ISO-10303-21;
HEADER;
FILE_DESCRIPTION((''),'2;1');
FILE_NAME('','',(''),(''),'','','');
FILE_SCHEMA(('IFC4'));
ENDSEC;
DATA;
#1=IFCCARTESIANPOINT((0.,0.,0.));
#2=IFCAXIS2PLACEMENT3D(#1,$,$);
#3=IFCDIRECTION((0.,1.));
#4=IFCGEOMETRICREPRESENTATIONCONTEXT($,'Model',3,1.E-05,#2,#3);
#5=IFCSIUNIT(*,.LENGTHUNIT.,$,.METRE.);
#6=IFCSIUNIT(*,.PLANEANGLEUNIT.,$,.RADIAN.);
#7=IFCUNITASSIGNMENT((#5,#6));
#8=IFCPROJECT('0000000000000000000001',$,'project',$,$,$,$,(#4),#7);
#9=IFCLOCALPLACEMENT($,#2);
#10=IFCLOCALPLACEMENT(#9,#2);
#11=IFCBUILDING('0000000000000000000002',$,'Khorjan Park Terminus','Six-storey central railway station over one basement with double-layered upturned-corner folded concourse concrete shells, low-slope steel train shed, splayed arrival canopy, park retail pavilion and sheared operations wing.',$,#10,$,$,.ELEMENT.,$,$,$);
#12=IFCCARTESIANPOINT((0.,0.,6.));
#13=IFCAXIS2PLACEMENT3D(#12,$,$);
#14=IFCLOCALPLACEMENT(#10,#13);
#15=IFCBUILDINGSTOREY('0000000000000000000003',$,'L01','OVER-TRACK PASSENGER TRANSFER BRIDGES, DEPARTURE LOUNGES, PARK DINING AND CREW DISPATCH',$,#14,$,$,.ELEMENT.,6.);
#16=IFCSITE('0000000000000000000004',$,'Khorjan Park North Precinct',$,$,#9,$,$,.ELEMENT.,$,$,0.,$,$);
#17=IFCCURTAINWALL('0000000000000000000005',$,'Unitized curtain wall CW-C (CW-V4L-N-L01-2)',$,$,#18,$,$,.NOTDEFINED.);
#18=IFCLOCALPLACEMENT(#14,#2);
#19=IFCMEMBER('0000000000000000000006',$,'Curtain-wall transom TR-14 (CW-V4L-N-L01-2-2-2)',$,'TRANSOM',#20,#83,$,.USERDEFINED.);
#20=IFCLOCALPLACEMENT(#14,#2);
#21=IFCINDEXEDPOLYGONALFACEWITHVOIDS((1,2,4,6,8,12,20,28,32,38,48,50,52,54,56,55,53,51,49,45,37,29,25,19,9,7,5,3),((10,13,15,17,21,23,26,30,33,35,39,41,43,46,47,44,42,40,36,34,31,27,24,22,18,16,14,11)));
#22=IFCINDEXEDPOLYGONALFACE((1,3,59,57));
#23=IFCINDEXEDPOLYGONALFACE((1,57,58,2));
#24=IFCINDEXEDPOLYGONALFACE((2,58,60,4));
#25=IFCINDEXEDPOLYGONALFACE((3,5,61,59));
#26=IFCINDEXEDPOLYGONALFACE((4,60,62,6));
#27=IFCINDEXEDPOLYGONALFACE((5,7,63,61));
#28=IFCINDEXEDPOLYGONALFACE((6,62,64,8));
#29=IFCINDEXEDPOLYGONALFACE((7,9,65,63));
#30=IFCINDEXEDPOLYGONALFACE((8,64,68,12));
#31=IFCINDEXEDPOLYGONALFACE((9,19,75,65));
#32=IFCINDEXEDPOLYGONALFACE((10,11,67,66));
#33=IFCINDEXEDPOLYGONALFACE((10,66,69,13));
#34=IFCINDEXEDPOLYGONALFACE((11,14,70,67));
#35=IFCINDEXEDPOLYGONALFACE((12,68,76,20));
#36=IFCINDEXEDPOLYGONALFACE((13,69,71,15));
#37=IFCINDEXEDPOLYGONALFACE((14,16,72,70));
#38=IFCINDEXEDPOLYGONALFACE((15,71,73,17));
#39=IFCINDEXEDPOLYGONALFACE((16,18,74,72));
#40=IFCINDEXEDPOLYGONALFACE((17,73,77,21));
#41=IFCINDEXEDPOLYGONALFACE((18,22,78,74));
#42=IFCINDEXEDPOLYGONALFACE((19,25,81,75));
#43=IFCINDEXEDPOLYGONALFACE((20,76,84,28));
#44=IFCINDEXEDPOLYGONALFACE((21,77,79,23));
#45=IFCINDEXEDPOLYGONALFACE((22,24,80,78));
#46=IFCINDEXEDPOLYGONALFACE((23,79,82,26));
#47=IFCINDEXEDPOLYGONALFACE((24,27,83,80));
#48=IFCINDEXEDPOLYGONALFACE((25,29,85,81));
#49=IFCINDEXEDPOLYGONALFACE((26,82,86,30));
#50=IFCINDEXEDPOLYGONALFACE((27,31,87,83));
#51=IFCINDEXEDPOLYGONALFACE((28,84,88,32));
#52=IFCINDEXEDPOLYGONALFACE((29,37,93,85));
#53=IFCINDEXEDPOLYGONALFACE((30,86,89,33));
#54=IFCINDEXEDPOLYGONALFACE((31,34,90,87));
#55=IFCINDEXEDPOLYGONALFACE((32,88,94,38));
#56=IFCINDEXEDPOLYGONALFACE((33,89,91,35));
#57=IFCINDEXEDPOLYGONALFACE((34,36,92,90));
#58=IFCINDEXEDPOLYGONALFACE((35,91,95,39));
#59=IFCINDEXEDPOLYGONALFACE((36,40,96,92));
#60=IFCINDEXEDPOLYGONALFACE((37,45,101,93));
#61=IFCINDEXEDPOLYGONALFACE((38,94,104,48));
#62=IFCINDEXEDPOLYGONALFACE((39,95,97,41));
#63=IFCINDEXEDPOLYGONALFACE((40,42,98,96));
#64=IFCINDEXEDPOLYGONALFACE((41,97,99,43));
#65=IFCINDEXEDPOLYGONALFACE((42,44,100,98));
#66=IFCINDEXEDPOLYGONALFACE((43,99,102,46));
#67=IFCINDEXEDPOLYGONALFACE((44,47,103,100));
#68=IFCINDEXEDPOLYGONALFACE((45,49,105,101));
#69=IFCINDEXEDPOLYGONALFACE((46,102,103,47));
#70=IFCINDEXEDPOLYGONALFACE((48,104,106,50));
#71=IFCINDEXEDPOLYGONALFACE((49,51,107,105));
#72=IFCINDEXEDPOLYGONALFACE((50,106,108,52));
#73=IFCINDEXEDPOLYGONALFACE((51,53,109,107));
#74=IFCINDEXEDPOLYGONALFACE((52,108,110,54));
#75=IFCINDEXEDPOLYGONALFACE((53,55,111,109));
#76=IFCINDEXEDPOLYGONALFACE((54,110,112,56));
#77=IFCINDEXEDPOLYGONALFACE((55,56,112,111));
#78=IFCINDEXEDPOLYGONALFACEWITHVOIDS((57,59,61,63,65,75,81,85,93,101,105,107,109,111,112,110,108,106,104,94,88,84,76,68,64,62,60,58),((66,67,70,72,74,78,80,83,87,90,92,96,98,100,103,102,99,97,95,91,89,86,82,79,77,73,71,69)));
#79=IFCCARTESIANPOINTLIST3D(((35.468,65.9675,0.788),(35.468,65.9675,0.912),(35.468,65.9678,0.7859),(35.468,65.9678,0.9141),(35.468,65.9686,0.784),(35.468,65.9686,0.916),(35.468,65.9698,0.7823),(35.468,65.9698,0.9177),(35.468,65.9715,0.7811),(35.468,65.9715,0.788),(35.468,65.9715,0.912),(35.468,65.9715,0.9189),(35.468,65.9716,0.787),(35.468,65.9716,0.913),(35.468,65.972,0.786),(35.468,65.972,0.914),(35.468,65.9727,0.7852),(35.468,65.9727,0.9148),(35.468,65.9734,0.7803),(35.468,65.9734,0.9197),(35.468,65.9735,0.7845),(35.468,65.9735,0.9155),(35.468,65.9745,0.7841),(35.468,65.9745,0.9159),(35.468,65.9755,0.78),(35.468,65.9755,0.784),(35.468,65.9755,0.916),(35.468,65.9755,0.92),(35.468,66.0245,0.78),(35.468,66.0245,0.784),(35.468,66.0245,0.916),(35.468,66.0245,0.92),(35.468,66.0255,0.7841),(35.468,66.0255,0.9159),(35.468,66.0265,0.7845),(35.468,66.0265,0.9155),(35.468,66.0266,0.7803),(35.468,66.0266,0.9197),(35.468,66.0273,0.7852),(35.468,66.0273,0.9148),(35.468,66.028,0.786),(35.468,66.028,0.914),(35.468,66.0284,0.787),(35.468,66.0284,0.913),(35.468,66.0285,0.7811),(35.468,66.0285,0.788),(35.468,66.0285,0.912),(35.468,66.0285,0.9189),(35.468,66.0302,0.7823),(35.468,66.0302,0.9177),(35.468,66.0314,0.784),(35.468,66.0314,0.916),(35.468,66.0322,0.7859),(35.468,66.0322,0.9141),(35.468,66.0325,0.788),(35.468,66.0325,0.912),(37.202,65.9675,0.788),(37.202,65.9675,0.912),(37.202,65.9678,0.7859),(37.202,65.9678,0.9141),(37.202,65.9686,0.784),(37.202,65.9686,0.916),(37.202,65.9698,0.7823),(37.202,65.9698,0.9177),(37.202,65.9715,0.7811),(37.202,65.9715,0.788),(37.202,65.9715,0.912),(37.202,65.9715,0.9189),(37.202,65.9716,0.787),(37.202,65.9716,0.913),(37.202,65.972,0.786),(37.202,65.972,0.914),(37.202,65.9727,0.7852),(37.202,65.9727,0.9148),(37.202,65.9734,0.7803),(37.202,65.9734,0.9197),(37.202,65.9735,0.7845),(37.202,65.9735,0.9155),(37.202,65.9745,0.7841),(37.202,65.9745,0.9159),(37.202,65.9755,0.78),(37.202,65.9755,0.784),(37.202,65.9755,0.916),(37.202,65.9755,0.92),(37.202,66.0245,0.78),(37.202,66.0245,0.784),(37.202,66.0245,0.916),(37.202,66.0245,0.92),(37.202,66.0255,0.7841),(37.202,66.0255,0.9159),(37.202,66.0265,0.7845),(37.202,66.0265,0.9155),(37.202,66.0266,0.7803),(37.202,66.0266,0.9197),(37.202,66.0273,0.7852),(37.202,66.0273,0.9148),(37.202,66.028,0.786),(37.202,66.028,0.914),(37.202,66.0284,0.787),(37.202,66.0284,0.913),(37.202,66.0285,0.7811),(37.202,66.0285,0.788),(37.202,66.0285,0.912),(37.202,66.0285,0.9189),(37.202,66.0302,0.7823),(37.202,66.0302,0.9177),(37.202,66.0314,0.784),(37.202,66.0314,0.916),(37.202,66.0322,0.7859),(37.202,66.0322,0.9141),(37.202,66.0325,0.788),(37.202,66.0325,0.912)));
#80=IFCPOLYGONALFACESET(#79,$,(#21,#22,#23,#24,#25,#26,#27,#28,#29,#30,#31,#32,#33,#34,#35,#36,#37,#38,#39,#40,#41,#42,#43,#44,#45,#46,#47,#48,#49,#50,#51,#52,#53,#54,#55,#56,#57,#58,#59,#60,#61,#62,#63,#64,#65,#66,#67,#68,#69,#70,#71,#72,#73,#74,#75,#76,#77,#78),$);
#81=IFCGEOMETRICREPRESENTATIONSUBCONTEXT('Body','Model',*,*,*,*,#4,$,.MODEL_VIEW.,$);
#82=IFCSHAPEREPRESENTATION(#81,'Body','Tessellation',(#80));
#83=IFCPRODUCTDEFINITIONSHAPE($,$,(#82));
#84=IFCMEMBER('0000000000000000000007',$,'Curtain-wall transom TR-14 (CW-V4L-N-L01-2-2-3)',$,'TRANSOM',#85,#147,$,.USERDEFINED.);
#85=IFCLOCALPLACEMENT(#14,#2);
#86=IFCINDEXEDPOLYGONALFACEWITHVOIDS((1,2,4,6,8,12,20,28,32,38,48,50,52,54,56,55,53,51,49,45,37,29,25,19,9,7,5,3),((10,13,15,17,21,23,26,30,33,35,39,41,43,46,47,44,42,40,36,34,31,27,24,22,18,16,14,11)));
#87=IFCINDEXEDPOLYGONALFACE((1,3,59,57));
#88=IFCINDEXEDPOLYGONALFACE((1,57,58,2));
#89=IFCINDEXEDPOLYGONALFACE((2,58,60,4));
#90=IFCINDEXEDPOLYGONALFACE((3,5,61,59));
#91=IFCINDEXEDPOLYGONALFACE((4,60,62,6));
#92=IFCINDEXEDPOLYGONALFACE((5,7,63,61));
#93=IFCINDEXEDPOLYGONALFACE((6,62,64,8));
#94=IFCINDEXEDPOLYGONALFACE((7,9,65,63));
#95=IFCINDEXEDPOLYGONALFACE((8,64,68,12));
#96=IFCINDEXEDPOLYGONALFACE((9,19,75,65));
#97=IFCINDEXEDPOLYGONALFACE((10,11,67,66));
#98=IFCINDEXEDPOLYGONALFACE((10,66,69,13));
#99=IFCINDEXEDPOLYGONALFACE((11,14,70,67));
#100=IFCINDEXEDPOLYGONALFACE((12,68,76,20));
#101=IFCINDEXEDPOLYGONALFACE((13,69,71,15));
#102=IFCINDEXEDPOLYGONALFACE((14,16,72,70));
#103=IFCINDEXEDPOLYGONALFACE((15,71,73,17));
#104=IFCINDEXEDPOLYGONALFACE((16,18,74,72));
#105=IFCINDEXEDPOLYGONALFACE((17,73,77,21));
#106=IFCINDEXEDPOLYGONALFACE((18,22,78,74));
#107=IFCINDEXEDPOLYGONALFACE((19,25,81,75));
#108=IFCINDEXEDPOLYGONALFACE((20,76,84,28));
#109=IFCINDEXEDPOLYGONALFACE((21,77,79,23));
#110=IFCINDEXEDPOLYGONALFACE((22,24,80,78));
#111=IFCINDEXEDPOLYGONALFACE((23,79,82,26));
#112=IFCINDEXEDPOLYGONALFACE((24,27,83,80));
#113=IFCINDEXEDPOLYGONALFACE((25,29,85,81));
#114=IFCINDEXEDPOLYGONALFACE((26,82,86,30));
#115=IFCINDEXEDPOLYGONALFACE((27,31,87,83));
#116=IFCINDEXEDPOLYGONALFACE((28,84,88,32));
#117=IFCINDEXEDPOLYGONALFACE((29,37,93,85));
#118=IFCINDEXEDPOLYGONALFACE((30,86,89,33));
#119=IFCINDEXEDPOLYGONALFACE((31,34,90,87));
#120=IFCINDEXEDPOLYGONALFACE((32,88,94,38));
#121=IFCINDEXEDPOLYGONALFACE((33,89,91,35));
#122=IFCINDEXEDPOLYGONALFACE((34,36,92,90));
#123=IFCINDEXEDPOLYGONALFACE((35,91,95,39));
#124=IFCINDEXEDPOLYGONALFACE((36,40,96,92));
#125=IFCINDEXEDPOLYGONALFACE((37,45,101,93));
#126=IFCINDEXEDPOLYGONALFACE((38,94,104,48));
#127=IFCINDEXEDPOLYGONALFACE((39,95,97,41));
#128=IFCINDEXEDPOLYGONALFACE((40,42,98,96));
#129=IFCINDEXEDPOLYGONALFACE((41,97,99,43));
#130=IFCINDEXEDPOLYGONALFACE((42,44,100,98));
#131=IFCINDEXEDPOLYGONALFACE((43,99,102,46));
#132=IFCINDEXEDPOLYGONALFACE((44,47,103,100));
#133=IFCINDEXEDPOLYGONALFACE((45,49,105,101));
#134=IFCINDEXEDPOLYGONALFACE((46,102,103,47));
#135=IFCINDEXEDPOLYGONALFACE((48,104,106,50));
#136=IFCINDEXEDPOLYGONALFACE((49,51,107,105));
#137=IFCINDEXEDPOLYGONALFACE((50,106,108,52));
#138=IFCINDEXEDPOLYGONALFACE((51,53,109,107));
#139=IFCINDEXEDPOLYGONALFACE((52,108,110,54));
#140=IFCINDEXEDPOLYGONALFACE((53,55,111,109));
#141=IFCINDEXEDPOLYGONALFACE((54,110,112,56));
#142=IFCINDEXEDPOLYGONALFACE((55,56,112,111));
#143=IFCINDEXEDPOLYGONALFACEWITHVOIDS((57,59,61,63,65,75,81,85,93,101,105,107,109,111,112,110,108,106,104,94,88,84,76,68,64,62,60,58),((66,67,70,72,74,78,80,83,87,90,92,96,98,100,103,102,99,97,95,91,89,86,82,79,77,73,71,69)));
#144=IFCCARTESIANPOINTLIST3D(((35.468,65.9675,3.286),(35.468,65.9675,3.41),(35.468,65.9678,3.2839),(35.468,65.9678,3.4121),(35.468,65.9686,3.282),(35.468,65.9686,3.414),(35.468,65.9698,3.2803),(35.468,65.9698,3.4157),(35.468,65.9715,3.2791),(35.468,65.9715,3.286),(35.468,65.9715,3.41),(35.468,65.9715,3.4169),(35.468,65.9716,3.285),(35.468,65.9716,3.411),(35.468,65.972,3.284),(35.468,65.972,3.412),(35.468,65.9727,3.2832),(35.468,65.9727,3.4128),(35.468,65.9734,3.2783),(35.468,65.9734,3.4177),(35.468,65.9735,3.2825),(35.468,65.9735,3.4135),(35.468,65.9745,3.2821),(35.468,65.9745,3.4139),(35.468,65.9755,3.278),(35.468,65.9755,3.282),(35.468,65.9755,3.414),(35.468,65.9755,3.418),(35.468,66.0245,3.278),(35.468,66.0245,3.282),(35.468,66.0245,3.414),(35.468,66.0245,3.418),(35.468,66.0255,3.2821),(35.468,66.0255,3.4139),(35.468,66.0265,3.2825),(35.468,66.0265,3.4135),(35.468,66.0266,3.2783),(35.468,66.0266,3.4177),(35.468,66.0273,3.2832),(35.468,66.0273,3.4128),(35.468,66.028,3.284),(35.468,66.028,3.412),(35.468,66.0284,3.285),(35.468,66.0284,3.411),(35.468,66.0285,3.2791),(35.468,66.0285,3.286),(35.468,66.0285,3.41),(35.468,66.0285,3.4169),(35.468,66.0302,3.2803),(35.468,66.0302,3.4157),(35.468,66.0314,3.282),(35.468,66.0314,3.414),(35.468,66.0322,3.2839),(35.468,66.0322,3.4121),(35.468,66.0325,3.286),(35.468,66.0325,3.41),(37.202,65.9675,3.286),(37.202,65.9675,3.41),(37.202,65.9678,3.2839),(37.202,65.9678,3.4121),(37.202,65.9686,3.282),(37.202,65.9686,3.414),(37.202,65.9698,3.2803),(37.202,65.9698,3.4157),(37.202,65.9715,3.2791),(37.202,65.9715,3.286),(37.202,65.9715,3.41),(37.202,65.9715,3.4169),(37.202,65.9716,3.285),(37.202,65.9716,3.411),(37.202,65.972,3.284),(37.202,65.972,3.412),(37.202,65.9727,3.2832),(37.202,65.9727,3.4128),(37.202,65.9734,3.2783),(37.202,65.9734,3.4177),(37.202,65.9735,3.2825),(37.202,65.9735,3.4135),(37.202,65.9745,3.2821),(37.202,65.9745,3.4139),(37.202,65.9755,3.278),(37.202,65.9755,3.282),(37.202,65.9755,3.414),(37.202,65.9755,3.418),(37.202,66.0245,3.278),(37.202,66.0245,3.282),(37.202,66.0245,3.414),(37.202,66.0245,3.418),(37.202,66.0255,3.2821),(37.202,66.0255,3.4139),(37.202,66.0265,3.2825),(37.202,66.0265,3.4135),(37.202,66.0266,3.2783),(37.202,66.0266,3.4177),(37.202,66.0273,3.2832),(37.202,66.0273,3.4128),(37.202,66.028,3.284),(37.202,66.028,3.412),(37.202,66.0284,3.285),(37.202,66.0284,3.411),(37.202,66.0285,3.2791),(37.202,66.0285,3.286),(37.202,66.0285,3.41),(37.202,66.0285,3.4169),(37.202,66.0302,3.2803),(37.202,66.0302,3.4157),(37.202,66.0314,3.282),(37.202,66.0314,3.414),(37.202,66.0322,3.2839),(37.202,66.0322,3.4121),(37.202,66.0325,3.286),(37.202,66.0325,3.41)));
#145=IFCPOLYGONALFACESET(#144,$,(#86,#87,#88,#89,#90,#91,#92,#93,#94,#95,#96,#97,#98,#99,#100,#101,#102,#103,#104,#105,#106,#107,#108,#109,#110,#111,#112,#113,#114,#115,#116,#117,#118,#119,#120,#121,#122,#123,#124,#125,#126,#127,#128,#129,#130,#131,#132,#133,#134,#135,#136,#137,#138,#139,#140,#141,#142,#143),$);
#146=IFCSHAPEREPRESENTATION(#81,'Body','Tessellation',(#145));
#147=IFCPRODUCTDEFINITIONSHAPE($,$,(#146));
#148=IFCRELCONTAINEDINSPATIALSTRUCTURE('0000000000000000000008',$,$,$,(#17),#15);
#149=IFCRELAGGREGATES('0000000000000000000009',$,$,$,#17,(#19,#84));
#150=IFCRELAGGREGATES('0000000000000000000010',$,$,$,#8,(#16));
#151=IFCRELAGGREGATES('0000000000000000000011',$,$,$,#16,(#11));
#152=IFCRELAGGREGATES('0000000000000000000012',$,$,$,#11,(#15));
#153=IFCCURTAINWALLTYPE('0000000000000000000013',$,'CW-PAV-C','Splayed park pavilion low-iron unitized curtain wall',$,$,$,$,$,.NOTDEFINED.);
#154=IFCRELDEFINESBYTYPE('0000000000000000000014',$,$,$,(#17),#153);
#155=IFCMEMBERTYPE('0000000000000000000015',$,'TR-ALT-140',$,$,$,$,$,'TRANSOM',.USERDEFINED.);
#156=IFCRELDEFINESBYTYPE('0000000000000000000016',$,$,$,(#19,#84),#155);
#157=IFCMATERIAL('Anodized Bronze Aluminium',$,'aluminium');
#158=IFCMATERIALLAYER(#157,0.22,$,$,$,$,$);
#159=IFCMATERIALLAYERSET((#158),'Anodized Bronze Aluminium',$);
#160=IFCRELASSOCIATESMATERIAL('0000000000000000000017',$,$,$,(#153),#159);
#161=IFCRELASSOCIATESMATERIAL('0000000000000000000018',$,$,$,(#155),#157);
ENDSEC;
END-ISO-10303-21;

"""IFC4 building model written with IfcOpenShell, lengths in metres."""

from ifc_helpers import new_model, si_unit, direction, frame, origin, origin_2d, place, context, subcontext, project, spatial, hollow_rectangle, extrude, material, layer, layer_set, material_profile, profile_set, type_object, element, aggregate, save


model = new_model("IFC4")

# Units and contexts
model_context = context("Model", 3, precision=1e-05, world=origin(), true_north=direction((0.0, 1.0)))
body_context = subcontext(model_context, "Body", "Model", "MODEL_VIEW")
ifc_project = project(units=[si_unit("LENGTHUNIT", "METRE"), si_unit("PLANEANGLEUNIT", "RADIAN")], contexts=[model_context])

# Site, building, storey
site_placement = place(None, origin())
site = spatial("IfcSite", under=ifc_project, at=site_placement, Name="Khorjan Park North Precinct", CompositionType="ELEMENT", RefElevation=0.0)
building_placement = place(site_placement, origin())
building = spatial("IfcBuilding", under=site, at=building_placement, Name="Khorjan Park Terminus", Description="Six-storey central railway station over one basement with double-layered upturned-corner folded concourse concrete shells, low-slope steel train shed, splayed arrival canopy, park retail pavilion and sheared operations wing.", CompositionType="ELEMENT")
storey_placement = place(building_placement, frame((0.0, 0.0, 6.0)))
storey = spatial("IfcBuildingStorey", under=building, at=storey_placement, Name="L01", Description="OVER-TRACK PASSENGER TRANSFER BRIDGES, DEPARTURE LOUNGES, PARK DINING AND CREW DISPATCH", CompositionType="ELEMENT", Elevation=6.0)

# Curtain wall, members
ifc_material_1 = material(Name="Anodized Bronze Aluminium", Category="aluminium")
ifc_layer_1 = layer(ifc_material_1, 0.22)
ifc_layer_set_1 = layer_set([ifc_layer_1], Name="Anodized Bronze Aluminium")
curtain_wall_type = type_object("IfcCurtainWallType", Name="CW-PAV-C", Description="Splayed park pavilion low-iron unitized curtain wall", PredefinedType="NOTDEFINED", material=ifc_layer_set_1)
curtain_wall_1_placement = place(storey_placement, origin())
curtain_wall_1 = element("IfcCurtainWall", 1, at=curtain_wall_1_placement, inside=storey, type_object=curtain_wall_type, Name="Unitized curtain wall CW-C (CW-V4L-N-L01-2)", PredefinedType="NOTDEFINED")
ifc_material_profile_1 = material_profile(ifc_material_1, hollow_rectangle(XDim=0.065, YDim=0.14, WallThickness=0.004, InnerFilletRadius=0.004, OuterFilletRadius=0.008, at=origin_2d()), Name="ALT 65x140x4")
ifc_profile_set_1 = profile_set([ifc_material_profile_1], Name="Anodized Bronze Aluminium")
member_type_1 = type_object("IfcMemberType", Name="TR-ALT-140", ElementType="TRANSOM", PredefinedType="USERDEFINED", material=ifc_profile_set_1)
member_1_placement = place(storey_placement, frame((37.202, 66.0, 0.85), z_axis=(-1.0, 0.0, 0.0), x_axis=(0.0, -1.0, 0.0)))
member_1 = element("IfcMember", 2, at=member_1_placement, type_object=member_type_1, Name="Curtain-wall transom TR-14 (CW-V4L-N-L01-2-2-2)", ObjectType="TRANSOM", PredefinedType="USERDEFINED", context=body_context, shape_type="SweptSolid", body=[
    extrude(hollow_rectangle(XDim=0.065, YDim=0.14, WallThickness=0.004, InnerFilletRadius=0.004, OuterFilletRadius=0.008, at=origin_2d()), origin(), (0.0, 0.0, 1.0), 1.734),
])
member_2_placement = place(storey_placement, frame((37.202, 66.0, 3.348), z_axis=(-1.0, 0.0, 0.0), x_axis=(0.0, -1.0, 0.0)))
member_2 = element("IfcMember", 3, at=member_2_placement, type_object=member_type_1, Name="Curtain-wall transom TR-14 (CW-V4L-N-L01-2-2-3)", ObjectType="TRANSOM", PredefinedType="USERDEFINED", context=body_context, shape_type="SweptSolid", body=[
    extrude(hollow_rectangle(XDim=0.065, YDim=0.14, WallThickness=0.004, InnerFilletRadius=0.004, OuterFilletRadius=0.008, at=origin_2d()), origin(), (0.0, 0.0, 1.0), 1.734),
])

aggregate(curtain_wall_1, [member_1, member_2])

save(model, "model.ifc")
